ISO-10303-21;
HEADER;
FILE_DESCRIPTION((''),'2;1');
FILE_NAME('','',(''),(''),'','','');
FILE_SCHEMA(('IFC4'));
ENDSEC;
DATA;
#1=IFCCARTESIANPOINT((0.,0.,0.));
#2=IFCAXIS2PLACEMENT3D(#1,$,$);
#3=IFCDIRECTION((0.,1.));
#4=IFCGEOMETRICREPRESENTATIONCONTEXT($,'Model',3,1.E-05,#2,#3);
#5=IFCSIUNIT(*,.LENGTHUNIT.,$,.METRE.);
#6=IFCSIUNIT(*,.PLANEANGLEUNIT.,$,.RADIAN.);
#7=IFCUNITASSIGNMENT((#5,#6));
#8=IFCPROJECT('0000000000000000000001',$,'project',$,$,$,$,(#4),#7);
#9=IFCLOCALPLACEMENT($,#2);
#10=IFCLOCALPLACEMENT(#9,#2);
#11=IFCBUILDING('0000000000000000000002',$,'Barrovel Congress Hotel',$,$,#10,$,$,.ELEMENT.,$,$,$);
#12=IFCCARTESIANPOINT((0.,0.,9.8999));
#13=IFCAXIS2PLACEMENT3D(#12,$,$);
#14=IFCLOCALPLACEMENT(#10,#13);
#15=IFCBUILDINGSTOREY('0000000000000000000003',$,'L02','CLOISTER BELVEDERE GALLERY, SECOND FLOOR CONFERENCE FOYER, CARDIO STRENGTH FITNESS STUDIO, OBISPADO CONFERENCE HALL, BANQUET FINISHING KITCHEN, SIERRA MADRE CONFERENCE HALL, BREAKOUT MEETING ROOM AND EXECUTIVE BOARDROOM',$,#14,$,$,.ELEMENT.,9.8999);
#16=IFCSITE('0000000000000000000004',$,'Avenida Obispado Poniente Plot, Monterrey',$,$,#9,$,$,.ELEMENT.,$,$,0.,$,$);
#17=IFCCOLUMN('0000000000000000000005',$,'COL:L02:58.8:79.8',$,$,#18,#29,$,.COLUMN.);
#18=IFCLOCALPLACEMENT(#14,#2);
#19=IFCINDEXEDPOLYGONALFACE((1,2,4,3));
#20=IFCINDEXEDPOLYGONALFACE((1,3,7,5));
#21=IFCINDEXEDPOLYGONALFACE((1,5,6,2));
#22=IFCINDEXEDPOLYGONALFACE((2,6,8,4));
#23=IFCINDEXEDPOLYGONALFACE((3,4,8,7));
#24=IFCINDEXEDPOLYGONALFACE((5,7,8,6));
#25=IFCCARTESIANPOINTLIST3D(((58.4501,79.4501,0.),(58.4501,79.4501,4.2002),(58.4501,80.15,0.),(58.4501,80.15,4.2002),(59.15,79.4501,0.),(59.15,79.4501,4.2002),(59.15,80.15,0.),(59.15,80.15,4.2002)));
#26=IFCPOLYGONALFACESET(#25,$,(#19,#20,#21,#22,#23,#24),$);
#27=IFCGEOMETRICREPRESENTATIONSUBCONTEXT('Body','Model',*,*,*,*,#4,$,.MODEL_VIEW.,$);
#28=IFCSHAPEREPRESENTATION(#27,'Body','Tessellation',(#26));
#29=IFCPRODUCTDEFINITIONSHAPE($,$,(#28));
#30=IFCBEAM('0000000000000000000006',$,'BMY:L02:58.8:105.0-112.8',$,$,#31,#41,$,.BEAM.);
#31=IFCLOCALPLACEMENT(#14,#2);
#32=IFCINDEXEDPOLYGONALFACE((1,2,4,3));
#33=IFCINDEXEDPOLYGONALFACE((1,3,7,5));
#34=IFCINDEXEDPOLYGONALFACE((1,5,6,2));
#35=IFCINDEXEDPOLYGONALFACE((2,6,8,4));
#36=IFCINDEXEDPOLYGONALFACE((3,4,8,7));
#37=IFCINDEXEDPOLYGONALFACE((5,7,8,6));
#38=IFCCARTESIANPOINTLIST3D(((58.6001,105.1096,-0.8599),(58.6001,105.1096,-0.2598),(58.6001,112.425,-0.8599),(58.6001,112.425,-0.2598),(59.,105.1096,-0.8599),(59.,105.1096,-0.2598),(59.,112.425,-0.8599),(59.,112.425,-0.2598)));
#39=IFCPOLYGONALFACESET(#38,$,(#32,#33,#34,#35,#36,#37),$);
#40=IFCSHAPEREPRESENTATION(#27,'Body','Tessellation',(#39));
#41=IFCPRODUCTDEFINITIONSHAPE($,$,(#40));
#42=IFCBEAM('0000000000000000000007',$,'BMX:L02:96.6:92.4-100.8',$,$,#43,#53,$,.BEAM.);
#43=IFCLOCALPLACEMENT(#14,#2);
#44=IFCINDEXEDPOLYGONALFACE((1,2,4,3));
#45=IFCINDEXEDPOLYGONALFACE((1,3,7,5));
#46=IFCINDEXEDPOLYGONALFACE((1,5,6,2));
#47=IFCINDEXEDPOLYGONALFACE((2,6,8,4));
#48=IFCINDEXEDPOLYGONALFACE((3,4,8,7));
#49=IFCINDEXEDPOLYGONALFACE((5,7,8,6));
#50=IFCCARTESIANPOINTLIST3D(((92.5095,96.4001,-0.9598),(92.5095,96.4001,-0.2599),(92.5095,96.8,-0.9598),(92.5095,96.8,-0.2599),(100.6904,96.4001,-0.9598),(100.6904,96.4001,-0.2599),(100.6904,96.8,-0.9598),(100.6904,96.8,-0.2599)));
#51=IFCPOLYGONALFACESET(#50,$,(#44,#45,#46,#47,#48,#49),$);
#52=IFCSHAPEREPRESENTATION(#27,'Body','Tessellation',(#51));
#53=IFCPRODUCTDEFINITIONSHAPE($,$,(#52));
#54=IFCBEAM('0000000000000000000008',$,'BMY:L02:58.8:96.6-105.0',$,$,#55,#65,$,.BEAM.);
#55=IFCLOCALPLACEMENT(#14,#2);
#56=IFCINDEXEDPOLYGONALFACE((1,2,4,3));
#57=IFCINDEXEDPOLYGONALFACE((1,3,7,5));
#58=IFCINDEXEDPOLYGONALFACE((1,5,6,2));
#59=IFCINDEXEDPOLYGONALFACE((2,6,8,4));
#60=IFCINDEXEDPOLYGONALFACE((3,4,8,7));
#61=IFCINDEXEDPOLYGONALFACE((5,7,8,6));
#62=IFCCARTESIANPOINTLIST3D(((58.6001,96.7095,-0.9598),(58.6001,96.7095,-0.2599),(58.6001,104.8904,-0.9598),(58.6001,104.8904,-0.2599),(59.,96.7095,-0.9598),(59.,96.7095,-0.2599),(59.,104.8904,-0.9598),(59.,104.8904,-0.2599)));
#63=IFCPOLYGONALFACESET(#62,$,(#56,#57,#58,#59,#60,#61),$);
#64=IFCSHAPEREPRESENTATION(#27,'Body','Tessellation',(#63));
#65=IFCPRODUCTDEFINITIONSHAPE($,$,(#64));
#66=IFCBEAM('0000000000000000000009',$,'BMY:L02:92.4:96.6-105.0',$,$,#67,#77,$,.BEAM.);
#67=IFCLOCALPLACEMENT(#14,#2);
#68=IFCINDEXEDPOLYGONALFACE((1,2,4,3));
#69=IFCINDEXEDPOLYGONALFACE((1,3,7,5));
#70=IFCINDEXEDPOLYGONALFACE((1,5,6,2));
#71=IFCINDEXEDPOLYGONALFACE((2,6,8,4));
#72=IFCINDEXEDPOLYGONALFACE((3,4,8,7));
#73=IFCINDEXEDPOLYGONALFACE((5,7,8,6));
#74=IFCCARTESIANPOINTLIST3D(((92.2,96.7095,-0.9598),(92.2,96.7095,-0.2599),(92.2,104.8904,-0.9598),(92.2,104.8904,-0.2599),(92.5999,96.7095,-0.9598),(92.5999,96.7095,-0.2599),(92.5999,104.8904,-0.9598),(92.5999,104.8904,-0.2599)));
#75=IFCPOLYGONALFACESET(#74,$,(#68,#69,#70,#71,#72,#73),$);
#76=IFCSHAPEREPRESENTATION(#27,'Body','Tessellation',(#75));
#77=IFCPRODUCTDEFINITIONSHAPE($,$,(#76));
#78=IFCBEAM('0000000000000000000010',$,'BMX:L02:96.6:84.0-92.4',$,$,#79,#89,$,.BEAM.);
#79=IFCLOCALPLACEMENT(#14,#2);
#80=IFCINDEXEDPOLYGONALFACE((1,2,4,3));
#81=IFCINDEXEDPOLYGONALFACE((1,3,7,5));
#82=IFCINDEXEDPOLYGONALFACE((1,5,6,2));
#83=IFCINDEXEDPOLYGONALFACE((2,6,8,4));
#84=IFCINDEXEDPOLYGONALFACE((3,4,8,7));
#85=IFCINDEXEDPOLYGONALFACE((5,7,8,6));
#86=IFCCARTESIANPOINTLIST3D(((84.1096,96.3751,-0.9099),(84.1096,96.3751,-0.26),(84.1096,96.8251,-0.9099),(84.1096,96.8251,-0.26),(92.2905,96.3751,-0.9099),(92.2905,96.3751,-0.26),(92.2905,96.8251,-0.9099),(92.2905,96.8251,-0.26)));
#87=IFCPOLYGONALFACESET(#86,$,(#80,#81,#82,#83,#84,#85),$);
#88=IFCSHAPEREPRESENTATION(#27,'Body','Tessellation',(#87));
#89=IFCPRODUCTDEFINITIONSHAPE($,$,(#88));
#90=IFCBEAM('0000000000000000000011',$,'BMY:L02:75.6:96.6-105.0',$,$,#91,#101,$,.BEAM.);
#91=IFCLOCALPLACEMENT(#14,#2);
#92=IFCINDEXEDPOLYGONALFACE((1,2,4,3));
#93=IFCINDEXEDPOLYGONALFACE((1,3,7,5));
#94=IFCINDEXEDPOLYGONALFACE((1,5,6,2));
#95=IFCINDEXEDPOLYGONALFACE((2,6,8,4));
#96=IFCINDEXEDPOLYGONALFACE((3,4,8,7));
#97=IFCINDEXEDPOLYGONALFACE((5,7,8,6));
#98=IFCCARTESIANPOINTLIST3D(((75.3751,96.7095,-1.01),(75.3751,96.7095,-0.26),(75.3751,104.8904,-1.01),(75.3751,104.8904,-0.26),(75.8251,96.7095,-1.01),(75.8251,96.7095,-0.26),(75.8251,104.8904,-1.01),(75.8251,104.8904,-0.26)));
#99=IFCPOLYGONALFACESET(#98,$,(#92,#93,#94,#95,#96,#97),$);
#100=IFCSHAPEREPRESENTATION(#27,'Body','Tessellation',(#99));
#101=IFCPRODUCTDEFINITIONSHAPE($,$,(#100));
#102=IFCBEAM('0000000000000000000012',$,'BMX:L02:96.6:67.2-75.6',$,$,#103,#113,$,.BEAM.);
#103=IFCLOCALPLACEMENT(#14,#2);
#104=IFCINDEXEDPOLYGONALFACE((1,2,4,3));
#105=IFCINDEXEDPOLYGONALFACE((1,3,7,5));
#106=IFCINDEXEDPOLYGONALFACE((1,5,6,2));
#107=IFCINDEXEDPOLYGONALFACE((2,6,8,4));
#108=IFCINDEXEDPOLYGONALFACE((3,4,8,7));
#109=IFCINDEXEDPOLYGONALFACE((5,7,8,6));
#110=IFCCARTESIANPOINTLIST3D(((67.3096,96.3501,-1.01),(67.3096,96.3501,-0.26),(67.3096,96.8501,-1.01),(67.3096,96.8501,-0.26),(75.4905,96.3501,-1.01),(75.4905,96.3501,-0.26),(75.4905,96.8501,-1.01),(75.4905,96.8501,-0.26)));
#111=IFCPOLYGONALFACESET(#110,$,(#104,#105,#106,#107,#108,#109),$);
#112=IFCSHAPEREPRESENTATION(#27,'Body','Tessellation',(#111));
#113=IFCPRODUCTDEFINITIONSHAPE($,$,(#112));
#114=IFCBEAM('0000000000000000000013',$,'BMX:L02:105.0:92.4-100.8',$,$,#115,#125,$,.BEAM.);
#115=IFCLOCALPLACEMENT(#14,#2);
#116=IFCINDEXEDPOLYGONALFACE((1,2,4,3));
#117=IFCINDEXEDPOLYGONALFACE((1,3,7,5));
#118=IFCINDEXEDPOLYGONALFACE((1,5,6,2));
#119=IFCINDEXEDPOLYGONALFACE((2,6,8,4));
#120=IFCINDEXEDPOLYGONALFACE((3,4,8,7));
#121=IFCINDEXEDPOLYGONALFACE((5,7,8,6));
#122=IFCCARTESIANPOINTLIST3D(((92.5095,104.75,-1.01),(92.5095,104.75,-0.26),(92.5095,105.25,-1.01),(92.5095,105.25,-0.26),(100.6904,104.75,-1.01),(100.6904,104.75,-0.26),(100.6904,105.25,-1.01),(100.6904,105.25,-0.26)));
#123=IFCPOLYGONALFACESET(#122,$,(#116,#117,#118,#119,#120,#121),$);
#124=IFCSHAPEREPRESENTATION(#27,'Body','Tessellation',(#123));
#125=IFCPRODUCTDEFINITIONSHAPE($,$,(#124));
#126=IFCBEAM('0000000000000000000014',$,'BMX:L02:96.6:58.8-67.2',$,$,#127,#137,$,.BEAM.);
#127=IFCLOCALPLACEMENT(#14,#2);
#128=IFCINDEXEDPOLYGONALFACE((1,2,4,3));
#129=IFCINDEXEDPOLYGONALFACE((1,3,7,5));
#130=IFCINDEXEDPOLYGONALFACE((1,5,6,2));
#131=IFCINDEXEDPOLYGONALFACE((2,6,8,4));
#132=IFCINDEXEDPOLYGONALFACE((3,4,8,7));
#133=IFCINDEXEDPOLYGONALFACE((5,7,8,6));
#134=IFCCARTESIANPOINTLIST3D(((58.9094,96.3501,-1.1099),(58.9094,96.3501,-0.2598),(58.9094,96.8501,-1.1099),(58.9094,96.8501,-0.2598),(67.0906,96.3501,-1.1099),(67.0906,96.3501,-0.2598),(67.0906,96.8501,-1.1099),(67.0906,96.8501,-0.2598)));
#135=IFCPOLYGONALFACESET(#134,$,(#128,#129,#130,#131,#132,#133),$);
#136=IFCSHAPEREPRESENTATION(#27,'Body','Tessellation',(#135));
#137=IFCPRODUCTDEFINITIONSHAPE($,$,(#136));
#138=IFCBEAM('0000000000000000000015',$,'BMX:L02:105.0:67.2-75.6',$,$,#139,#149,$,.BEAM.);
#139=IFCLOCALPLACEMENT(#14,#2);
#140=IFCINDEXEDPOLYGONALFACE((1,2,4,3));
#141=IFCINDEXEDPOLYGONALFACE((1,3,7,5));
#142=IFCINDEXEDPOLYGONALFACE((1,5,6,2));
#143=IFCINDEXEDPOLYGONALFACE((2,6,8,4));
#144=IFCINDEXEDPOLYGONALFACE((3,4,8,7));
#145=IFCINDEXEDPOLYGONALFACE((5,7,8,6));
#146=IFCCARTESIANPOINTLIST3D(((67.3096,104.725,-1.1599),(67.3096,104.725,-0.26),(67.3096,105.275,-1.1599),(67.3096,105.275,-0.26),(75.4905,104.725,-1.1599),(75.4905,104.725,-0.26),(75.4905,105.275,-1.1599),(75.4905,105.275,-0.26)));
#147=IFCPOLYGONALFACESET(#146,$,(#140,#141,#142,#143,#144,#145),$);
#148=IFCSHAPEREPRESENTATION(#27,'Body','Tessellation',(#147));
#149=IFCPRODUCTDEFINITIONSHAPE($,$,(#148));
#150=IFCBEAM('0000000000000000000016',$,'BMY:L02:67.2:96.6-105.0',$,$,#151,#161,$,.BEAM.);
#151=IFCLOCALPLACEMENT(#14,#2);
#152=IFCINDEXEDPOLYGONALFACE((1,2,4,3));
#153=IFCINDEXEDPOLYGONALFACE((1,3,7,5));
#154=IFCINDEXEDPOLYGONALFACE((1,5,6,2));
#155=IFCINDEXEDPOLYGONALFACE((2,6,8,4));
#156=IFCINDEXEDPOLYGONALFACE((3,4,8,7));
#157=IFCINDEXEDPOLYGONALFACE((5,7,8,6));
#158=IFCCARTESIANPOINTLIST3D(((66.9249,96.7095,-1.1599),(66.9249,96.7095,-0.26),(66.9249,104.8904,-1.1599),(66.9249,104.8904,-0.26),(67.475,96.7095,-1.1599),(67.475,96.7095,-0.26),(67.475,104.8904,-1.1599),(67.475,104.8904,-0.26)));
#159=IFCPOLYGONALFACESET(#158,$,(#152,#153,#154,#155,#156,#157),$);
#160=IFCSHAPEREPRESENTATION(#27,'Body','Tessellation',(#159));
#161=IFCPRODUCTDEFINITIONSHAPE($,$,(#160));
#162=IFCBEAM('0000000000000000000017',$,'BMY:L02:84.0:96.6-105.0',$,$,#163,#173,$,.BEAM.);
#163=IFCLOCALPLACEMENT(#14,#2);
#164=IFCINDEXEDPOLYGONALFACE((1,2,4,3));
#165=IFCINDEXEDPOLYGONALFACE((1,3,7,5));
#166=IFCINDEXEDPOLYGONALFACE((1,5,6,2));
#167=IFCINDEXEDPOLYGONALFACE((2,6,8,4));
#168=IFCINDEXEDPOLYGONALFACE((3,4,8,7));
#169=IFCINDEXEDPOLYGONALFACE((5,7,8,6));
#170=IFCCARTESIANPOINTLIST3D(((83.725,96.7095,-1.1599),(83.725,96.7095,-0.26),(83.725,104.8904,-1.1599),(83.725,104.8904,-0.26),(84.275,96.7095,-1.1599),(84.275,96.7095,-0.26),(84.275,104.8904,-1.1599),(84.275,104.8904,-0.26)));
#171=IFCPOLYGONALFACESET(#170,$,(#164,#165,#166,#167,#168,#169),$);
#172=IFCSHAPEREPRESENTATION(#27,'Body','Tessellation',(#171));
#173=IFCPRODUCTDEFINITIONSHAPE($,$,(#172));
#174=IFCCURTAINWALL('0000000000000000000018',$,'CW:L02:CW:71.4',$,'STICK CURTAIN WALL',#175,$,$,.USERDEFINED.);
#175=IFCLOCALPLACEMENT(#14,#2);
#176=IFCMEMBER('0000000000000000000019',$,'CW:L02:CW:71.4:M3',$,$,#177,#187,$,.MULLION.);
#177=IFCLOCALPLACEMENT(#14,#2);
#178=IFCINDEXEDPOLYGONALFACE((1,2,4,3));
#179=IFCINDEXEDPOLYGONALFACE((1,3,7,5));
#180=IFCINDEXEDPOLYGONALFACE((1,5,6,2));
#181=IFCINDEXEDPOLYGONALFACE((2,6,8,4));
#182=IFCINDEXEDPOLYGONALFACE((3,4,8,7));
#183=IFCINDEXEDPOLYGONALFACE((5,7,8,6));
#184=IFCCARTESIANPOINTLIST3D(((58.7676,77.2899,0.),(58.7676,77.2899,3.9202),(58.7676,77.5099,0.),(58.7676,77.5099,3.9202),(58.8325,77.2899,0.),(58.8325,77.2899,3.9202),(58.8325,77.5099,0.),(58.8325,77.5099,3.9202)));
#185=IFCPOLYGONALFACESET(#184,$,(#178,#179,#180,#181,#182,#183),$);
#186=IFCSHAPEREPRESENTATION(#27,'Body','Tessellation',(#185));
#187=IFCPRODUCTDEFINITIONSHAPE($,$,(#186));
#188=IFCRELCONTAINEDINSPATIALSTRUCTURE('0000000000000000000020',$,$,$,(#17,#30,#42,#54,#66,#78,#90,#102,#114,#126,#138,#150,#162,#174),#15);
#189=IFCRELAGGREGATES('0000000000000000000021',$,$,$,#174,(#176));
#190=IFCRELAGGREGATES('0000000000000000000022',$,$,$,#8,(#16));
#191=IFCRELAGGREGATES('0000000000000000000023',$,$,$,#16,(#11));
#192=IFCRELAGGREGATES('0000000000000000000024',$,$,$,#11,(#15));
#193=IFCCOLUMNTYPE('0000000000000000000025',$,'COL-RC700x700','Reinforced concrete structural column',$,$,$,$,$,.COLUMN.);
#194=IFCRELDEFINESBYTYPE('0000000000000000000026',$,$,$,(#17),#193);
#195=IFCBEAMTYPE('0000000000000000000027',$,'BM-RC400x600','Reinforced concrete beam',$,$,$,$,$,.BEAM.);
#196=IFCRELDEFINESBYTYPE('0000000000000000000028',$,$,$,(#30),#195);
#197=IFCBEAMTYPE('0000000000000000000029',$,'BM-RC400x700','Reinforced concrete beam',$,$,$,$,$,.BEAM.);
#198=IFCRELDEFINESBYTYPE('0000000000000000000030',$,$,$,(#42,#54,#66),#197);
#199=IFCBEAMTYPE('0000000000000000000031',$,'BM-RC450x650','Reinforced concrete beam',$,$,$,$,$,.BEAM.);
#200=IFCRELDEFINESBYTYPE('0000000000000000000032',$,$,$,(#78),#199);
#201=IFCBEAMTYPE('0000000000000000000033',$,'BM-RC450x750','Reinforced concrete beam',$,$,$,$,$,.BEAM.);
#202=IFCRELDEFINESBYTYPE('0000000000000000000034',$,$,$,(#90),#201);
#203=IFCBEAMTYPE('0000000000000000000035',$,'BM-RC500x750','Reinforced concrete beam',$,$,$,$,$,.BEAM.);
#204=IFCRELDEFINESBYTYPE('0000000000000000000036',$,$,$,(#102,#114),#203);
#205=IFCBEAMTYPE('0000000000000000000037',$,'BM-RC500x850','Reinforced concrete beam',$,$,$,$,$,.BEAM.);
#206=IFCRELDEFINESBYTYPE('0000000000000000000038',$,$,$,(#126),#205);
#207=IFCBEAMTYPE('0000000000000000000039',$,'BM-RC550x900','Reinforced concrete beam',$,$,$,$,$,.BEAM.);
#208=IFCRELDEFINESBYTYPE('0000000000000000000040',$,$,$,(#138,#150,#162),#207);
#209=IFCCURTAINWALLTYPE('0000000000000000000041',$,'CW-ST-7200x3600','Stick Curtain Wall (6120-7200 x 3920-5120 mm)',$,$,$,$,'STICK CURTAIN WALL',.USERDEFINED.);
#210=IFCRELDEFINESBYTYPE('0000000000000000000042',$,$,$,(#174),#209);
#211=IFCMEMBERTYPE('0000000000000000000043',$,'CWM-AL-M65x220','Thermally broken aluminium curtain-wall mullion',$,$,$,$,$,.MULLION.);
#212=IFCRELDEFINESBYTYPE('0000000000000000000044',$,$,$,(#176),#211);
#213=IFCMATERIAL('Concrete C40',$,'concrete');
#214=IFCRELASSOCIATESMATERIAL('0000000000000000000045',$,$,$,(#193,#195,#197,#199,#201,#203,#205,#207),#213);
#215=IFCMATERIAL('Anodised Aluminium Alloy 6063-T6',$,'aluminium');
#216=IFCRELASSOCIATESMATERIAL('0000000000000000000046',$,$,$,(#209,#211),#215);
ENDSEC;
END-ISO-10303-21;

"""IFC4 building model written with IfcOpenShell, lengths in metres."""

from ifc_helpers import new_model, si_unit, direction, frame, origin, origin_2d, place, context, subcontext, project, spatial, rectangle, extrude, material, material_profile, profile_set, type_object, element, aggregate, save


model = new_model("IFC4")

# Units and contexts
model_context = context("Model", 3, precision=1e-05, world=origin(), true_north=direction((0.0, 1.0)))
body_context = subcontext(model_context, "Body", "Model", "MODEL_VIEW")
ifc_project = project(units=[si_unit("LENGTHUNIT", "METRE"), si_unit("PLANEANGLEUNIT", "RADIAN")], contexts=[model_context])

# Site, building, storey
site_placement = place(None, origin())
site = spatial("IfcSite", under=ifc_project, at=site_placement, Name="Avenida Obispado Poniente Plot, Monterrey", CompositionType="ELEMENT", RefElevation=0.0)
building_placement = place(site_placement, origin())
building = spatial("IfcBuilding", under=site, at=building_placement, Name="Barrovel Congress Hotel", CompositionType="ELEMENT")
storey_placement = place(building_placement, frame((0.0, 0.0, 9.8999)))
storey = spatial("IfcBuildingStorey", under=building, at=storey_placement, Name="L02", Description="CLOISTER BELVEDERE GALLERY, SECOND FLOOR CONFERENCE FOYER, CARDIO STRENGTH FITNESS STUDIO, OBISPADO CONFERENCE HALL, BANQUET FINISHING KITCHEN, SIERRA MADRE CONFERENCE HALL, BREAKOUT MEETING ROOM AND EXECUTIVE BOARDROOM", CompositionType="ELEMENT", Elevation=9.8999)

# Column
ifc_material_1 = material(Name="Concrete C40", Category="concrete")
ifc_material_profile_1 = material_profile(ifc_material_1, rectangle(XDim=0.7, YDim=0.7, at=origin_2d()), Name="RC700x700")
ifc_profile_set_1 = profile_set([ifc_material_profile_1], Name="Concrete C40")
column_type = type_object("IfcColumnType", Name="COL-RC700x700", Description="Reinforced concrete structural column", PredefinedType="COLUMN", material=ifc_profile_set_1)
column_placement = place(storey_placement, frame((58.8, 79.8, 0.0), z_axis=(0.0, 0.0, 1.0), x_axis=(1.0, 0.0, 0.0)))
element("IfcColumn", 1, at=column_placement, inside=storey, type_object=column_type, Name="COL:L02:58.8:79.8", PredefinedType="COLUMN", context=body_context, shape_type="SweptSolid", body=[
    extrude(rectangle(XDim=0.7, YDim=0.7, at=origin_2d()), origin(), (0.0, 0.0, 1.0), 4.2002),
])

# Beams
ifc_material_profile_2 = material_profile(ifc_material_1, rectangle(XDim=0.3999, YDim=0.6001, at=origin_2d()), Name="RC400x600")
ifc_profile_set_2 = profile_set([ifc_material_profile_2], Name="Concrete C40")
beam_type_1 = type_object("IfcBeamType", Name="BM-RC400x600", Description="Reinforced concrete beam", PredefinedType="BEAM", material=ifc_profile_set_2)
beam_1_placement = place(storey_placement, frame((58.8, 105.1096, -0.5598), z_axis=(0.0, 1.0, 0.0), x_axis=(-1.0, 0.0, 0.0)))
element("IfcBeam", 2, at=beam_1_placement, inside=storey, type_object=beam_type_1, Name="BMY:L02:58.8:105.0-112.8", PredefinedType="BEAM", context=body_context, shape_type="SweptSolid", body=[
    extrude(rectangle(XDim=0.3999, YDim=0.6001, at=origin_2d()), origin(), (0.0, 0.0, 1.0), 7.3154),
])
ifc_material_profile_3 = material_profile(ifc_material_1, rectangle(XDim=0.3999, YDim=0.7, at=origin_2d()), Name="RC400x700")
ifc_profile_set_3 = profile_set([ifc_material_profile_3], Name="Concrete C40")
beam_type_2 = type_object("IfcBeamType", Name="BM-RC400x700", Description="Reinforced concrete beam", PredefinedType="BEAM", material=ifc_profile_set_3)
for number, where, z_axis, x_axis, name in (
    (3, (92.5095, 96.6001, -0.6099), (1.0, 0.0, 0.0), (0.0, 1.0, 0.0), "BMX:L02:96.6:92.4-100.8"),
    (4, (58.8, 96.7095, -0.6099), (0.0, 1.0, 0.0), (-1.0, 0.0, 0.0), "BMY:L02:58.8:96.6-105.0"),
    (5, (92.3999, 96.7095, -0.6099), (0.0, 1.0, 0.0), (-1.0, 0.0, 0.0), "BMY:L02:92.4:96.6-105.0"),
):
    element("IfcBeam", number, at=place(storey_placement, frame(where, z_axis=z_axis, x_axis=x_axis)), inside=storey, type_object=beam_type_2, Name=name, PredefinedType="BEAM", context=body_context, shape_type="SweptSolid", body=[
        extrude(rectangle(XDim=0.3999, YDim=0.7, at=origin_2d()), origin(), (0.0, 0.0, 1.0), 8.1809),
    ])
ifc_material_profile_4 = material_profile(ifc_material_1, rectangle(XDim=0.45, YDim=0.6499, at=origin_2d()), Name="RC450x650")
ifc_profile_set_4 = profile_set([ifc_material_profile_4], Name="Concrete C40")
beam_type_3 = type_object("IfcBeamType", Name="BM-RC450x650", Description="Reinforced concrete beam", PredefinedType="BEAM", material=ifc_profile_set_4)
beam_2_placement = place(storey_placement, frame((84.1096, 96.6001, -0.585), z_axis=(1.0, 0.0, 0.0), x_axis=(0.0, 1.0, 0.0)))
element("IfcBeam", 6, at=beam_2_placement, inside=storey, type_object=beam_type_3, Name="BMX:L02:96.6:84.0-92.4", PredefinedType="BEAM", context=body_context, shape_type="SweptSolid", body=[
    extrude(rectangle(XDim=0.45, YDim=0.6499, at=origin_2d()), origin(), (0.0, 0.0, 1.0), 8.1809),
])
ifc_material_profile_5 = material_profile(ifc_material_1, rectangle(XDim=0.45, YDim=0.75, at=origin_2d()), Name="RC450x750")
ifc_profile_set_5 = profile_set([ifc_material_profile_5], Name="Concrete C40")
beam_type_4 = type_object("IfcBeamType", Name="BM-RC450x750", Description="Reinforced concrete beam", PredefinedType="BEAM", material=ifc_profile_set_5)
beam_3_placement = place(storey_placement, frame((75.6001, 96.7095, -0.635), z_axis=(0.0, 1.0, 0.0), x_axis=(-1.0, 0.0, 0.0)))
element("IfcBeam", 7, at=beam_3_placement, inside=storey, type_object=beam_type_4, Name="BMY:L02:75.6:96.6-105.0", PredefinedType="BEAM", context=body_context, shape_type="SweptSolid", body=[
    extrude(rectangle(XDim=0.45, YDim=0.75, at=origin_2d()), origin(), (0.0, 0.0, 1.0), 8.1809),
])
ifc_material_profile_6 = material_profile(ifc_material_1, rectangle(XDim=0.5, YDim=0.75, at=origin_2d()), Name="RC500x750")
ifc_profile_set_6 = profile_set([ifc_material_profile_6], Name="Concrete C40")
beam_type_5 = type_object("IfcBeamType", Name="BM-RC500x750", Description="Reinforced concrete beam", PredefinedType="BEAM", material=ifc_profile_set_6)
for number, where, z_axis, x_axis, name in (
    (8, (67.3096, 96.6001, -0.635), (1.0, 0.0, 0.0), (0.0, 1.0, 0.0), "BMX:L02:96.6:67.2-75.6"),
    (9, (92.5095, 105.0, -0.635), (1.0, 0.0, 0.0), (0.0, 1.0, 0.0), "BMX:L02:105.0:92.4-100.8"),
):
    element("IfcBeam", number, at=place(storey_placement, frame(where, z_axis=z_axis, x_axis=x_axis)), inside=storey, type_object=beam_type_5, Name=name, PredefinedType="BEAM", context=body_context, shape_type="SweptSolid", body=[
        extrude(rectangle(XDim=0.5, YDim=0.75, at=origin_2d()), origin(), (0.0, 0.0, 1.0), 8.1809),
    ])
ifc_material_profile_7 = material_profile(ifc_material_1, rectangle(XDim=0.5, YDim=0.8501, at=origin_2d()), Name="RC500x850")
ifc_profile_set_7 = profile_set([ifc_material_profile_7], Name="Concrete C40")
beam_type_6 = type_object("IfcBeamType", Name="BM-RC500x850", Description="Reinforced concrete beam", PredefinedType="BEAM", material=ifc_profile_set_7)
beam_4_placement = place(storey_placement, frame((58.9094, 96.6001, -0.6848), z_axis=(1.0, 0.0, 0.0), x_axis=(0.0, 1.0, 0.0)))
element("IfcBeam", 10, at=beam_4_placement, inside=storey, type_object=beam_type_6, Name="BMX:L02:96.6:58.8-67.2", PredefinedType="BEAM", context=body_context, shape_type="SweptSolid", body=[
    extrude(rectangle(XDim=0.5, YDim=0.8501, at=origin_2d()), origin(), (0.0, 0.0, 1.0), 8.1812),
])
ifc_material_profile_8 = material_profile(ifc_material_1, rectangle(XDim=0.55, YDim=0.8999, at=origin_2d()), Name="RC550x900")
ifc_profile_set_8 = profile_set([ifc_material_profile_8], Name="Concrete C40")
beam_type_7 = type_object("IfcBeamType", Name="BM-RC550x900", Description="Reinforced concrete beam", PredefinedType="BEAM", material=ifc_profile_set_8)
for number, where, z_axis, x_axis, name in (
    (11, (67.3096, 105.0, -0.71), (1.0, 0.0, 0.0), (0.0, 1.0, 0.0), "BMX:L02:105.0:67.2-75.6"),
    (12, (67.2, 96.7095, -0.71), (0.0, 1.0, 0.0), (-1.0, 0.0, 0.0), "BMY:L02:67.2:96.6-105.0"),
    (13, (84.0, 96.7095, -0.71), (0.0, 1.0, 0.0), (-1.0, 0.0, 0.0), "BMY:L02:84.0:96.6-105.0"),
):
    element("IfcBeam", number, at=place(storey_placement, frame(where, z_axis=z_axis, x_axis=x_axis)), inside=storey, type_object=beam_type_7, Name=name, PredefinedType="BEAM", context=body_context, shape_type="SweptSolid", body=[
        extrude(rectangle(XDim=0.55, YDim=0.8999, at=origin_2d()), origin(), (0.0, 0.0, 1.0), 8.1809),
    ])

# Curtain wall, member
ifc_material_2 = material(Name="Anodised Aluminium Alloy 6063-T6", Category="aluminium")
curtain_wall_type = type_object("IfcCurtainWallType", Name="CW-ST-7200x3600", Description="Stick Curtain Wall (6120-7200 x 3920-5120 mm)", ElementType="STICK CURTAIN WALL", PredefinedType="USERDEFINED", material=ifc_material_2)
curtain_wall_placement = place(storey_placement, origin())
curtain_wall = element("IfcCurtainWall", 14, at=curtain_wall_placement, inside=storey, type_object=curtain_wall_type, Name="CW:L02:CW:71.4", ObjectType="STICK CURTAIN WALL", PredefinedType="USERDEFINED")
ifc_material_profile_9 = material_profile(ifc_material_2, rectangle(XDim=0.0649, YDim=0.22, at=origin_2d()), Name="AL-M65x220")
ifc_profile_set_9 = profile_set([ifc_material_profile_9], Name="Anodised Aluminium Alloy 6063-T6")
member_type = type_object("IfcMemberType", Name="CWM-AL-M65x220", Description="Thermally broken aluminium curtain-wall mullion", PredefinedType="MULLION", material=ifc_profile_set_9)
member_1_placement = place(storey_placement, frame((58.8, 77.3999, 0.0), z_axis=(0.0, 0.0, 1.0), x_axis=(1.0, 0.0, 0.0)))
member_1 = element("IfcMember", 15, at=member_1_placement, type_object=member_type, Name="CW:L02:CW:71.4:M3", PredefinedType="MULLION", context=body_context, shape_type="SweptSolid", body=[
    extrude(rectangle(XDim=0.0649, YDim=0.22, at=origin_2d()), origin(), (0.0, 0.0, 1.0), 3.9202),
])

aggregate(curtain_wall, [member_1])

save(model, "model.ifc")
